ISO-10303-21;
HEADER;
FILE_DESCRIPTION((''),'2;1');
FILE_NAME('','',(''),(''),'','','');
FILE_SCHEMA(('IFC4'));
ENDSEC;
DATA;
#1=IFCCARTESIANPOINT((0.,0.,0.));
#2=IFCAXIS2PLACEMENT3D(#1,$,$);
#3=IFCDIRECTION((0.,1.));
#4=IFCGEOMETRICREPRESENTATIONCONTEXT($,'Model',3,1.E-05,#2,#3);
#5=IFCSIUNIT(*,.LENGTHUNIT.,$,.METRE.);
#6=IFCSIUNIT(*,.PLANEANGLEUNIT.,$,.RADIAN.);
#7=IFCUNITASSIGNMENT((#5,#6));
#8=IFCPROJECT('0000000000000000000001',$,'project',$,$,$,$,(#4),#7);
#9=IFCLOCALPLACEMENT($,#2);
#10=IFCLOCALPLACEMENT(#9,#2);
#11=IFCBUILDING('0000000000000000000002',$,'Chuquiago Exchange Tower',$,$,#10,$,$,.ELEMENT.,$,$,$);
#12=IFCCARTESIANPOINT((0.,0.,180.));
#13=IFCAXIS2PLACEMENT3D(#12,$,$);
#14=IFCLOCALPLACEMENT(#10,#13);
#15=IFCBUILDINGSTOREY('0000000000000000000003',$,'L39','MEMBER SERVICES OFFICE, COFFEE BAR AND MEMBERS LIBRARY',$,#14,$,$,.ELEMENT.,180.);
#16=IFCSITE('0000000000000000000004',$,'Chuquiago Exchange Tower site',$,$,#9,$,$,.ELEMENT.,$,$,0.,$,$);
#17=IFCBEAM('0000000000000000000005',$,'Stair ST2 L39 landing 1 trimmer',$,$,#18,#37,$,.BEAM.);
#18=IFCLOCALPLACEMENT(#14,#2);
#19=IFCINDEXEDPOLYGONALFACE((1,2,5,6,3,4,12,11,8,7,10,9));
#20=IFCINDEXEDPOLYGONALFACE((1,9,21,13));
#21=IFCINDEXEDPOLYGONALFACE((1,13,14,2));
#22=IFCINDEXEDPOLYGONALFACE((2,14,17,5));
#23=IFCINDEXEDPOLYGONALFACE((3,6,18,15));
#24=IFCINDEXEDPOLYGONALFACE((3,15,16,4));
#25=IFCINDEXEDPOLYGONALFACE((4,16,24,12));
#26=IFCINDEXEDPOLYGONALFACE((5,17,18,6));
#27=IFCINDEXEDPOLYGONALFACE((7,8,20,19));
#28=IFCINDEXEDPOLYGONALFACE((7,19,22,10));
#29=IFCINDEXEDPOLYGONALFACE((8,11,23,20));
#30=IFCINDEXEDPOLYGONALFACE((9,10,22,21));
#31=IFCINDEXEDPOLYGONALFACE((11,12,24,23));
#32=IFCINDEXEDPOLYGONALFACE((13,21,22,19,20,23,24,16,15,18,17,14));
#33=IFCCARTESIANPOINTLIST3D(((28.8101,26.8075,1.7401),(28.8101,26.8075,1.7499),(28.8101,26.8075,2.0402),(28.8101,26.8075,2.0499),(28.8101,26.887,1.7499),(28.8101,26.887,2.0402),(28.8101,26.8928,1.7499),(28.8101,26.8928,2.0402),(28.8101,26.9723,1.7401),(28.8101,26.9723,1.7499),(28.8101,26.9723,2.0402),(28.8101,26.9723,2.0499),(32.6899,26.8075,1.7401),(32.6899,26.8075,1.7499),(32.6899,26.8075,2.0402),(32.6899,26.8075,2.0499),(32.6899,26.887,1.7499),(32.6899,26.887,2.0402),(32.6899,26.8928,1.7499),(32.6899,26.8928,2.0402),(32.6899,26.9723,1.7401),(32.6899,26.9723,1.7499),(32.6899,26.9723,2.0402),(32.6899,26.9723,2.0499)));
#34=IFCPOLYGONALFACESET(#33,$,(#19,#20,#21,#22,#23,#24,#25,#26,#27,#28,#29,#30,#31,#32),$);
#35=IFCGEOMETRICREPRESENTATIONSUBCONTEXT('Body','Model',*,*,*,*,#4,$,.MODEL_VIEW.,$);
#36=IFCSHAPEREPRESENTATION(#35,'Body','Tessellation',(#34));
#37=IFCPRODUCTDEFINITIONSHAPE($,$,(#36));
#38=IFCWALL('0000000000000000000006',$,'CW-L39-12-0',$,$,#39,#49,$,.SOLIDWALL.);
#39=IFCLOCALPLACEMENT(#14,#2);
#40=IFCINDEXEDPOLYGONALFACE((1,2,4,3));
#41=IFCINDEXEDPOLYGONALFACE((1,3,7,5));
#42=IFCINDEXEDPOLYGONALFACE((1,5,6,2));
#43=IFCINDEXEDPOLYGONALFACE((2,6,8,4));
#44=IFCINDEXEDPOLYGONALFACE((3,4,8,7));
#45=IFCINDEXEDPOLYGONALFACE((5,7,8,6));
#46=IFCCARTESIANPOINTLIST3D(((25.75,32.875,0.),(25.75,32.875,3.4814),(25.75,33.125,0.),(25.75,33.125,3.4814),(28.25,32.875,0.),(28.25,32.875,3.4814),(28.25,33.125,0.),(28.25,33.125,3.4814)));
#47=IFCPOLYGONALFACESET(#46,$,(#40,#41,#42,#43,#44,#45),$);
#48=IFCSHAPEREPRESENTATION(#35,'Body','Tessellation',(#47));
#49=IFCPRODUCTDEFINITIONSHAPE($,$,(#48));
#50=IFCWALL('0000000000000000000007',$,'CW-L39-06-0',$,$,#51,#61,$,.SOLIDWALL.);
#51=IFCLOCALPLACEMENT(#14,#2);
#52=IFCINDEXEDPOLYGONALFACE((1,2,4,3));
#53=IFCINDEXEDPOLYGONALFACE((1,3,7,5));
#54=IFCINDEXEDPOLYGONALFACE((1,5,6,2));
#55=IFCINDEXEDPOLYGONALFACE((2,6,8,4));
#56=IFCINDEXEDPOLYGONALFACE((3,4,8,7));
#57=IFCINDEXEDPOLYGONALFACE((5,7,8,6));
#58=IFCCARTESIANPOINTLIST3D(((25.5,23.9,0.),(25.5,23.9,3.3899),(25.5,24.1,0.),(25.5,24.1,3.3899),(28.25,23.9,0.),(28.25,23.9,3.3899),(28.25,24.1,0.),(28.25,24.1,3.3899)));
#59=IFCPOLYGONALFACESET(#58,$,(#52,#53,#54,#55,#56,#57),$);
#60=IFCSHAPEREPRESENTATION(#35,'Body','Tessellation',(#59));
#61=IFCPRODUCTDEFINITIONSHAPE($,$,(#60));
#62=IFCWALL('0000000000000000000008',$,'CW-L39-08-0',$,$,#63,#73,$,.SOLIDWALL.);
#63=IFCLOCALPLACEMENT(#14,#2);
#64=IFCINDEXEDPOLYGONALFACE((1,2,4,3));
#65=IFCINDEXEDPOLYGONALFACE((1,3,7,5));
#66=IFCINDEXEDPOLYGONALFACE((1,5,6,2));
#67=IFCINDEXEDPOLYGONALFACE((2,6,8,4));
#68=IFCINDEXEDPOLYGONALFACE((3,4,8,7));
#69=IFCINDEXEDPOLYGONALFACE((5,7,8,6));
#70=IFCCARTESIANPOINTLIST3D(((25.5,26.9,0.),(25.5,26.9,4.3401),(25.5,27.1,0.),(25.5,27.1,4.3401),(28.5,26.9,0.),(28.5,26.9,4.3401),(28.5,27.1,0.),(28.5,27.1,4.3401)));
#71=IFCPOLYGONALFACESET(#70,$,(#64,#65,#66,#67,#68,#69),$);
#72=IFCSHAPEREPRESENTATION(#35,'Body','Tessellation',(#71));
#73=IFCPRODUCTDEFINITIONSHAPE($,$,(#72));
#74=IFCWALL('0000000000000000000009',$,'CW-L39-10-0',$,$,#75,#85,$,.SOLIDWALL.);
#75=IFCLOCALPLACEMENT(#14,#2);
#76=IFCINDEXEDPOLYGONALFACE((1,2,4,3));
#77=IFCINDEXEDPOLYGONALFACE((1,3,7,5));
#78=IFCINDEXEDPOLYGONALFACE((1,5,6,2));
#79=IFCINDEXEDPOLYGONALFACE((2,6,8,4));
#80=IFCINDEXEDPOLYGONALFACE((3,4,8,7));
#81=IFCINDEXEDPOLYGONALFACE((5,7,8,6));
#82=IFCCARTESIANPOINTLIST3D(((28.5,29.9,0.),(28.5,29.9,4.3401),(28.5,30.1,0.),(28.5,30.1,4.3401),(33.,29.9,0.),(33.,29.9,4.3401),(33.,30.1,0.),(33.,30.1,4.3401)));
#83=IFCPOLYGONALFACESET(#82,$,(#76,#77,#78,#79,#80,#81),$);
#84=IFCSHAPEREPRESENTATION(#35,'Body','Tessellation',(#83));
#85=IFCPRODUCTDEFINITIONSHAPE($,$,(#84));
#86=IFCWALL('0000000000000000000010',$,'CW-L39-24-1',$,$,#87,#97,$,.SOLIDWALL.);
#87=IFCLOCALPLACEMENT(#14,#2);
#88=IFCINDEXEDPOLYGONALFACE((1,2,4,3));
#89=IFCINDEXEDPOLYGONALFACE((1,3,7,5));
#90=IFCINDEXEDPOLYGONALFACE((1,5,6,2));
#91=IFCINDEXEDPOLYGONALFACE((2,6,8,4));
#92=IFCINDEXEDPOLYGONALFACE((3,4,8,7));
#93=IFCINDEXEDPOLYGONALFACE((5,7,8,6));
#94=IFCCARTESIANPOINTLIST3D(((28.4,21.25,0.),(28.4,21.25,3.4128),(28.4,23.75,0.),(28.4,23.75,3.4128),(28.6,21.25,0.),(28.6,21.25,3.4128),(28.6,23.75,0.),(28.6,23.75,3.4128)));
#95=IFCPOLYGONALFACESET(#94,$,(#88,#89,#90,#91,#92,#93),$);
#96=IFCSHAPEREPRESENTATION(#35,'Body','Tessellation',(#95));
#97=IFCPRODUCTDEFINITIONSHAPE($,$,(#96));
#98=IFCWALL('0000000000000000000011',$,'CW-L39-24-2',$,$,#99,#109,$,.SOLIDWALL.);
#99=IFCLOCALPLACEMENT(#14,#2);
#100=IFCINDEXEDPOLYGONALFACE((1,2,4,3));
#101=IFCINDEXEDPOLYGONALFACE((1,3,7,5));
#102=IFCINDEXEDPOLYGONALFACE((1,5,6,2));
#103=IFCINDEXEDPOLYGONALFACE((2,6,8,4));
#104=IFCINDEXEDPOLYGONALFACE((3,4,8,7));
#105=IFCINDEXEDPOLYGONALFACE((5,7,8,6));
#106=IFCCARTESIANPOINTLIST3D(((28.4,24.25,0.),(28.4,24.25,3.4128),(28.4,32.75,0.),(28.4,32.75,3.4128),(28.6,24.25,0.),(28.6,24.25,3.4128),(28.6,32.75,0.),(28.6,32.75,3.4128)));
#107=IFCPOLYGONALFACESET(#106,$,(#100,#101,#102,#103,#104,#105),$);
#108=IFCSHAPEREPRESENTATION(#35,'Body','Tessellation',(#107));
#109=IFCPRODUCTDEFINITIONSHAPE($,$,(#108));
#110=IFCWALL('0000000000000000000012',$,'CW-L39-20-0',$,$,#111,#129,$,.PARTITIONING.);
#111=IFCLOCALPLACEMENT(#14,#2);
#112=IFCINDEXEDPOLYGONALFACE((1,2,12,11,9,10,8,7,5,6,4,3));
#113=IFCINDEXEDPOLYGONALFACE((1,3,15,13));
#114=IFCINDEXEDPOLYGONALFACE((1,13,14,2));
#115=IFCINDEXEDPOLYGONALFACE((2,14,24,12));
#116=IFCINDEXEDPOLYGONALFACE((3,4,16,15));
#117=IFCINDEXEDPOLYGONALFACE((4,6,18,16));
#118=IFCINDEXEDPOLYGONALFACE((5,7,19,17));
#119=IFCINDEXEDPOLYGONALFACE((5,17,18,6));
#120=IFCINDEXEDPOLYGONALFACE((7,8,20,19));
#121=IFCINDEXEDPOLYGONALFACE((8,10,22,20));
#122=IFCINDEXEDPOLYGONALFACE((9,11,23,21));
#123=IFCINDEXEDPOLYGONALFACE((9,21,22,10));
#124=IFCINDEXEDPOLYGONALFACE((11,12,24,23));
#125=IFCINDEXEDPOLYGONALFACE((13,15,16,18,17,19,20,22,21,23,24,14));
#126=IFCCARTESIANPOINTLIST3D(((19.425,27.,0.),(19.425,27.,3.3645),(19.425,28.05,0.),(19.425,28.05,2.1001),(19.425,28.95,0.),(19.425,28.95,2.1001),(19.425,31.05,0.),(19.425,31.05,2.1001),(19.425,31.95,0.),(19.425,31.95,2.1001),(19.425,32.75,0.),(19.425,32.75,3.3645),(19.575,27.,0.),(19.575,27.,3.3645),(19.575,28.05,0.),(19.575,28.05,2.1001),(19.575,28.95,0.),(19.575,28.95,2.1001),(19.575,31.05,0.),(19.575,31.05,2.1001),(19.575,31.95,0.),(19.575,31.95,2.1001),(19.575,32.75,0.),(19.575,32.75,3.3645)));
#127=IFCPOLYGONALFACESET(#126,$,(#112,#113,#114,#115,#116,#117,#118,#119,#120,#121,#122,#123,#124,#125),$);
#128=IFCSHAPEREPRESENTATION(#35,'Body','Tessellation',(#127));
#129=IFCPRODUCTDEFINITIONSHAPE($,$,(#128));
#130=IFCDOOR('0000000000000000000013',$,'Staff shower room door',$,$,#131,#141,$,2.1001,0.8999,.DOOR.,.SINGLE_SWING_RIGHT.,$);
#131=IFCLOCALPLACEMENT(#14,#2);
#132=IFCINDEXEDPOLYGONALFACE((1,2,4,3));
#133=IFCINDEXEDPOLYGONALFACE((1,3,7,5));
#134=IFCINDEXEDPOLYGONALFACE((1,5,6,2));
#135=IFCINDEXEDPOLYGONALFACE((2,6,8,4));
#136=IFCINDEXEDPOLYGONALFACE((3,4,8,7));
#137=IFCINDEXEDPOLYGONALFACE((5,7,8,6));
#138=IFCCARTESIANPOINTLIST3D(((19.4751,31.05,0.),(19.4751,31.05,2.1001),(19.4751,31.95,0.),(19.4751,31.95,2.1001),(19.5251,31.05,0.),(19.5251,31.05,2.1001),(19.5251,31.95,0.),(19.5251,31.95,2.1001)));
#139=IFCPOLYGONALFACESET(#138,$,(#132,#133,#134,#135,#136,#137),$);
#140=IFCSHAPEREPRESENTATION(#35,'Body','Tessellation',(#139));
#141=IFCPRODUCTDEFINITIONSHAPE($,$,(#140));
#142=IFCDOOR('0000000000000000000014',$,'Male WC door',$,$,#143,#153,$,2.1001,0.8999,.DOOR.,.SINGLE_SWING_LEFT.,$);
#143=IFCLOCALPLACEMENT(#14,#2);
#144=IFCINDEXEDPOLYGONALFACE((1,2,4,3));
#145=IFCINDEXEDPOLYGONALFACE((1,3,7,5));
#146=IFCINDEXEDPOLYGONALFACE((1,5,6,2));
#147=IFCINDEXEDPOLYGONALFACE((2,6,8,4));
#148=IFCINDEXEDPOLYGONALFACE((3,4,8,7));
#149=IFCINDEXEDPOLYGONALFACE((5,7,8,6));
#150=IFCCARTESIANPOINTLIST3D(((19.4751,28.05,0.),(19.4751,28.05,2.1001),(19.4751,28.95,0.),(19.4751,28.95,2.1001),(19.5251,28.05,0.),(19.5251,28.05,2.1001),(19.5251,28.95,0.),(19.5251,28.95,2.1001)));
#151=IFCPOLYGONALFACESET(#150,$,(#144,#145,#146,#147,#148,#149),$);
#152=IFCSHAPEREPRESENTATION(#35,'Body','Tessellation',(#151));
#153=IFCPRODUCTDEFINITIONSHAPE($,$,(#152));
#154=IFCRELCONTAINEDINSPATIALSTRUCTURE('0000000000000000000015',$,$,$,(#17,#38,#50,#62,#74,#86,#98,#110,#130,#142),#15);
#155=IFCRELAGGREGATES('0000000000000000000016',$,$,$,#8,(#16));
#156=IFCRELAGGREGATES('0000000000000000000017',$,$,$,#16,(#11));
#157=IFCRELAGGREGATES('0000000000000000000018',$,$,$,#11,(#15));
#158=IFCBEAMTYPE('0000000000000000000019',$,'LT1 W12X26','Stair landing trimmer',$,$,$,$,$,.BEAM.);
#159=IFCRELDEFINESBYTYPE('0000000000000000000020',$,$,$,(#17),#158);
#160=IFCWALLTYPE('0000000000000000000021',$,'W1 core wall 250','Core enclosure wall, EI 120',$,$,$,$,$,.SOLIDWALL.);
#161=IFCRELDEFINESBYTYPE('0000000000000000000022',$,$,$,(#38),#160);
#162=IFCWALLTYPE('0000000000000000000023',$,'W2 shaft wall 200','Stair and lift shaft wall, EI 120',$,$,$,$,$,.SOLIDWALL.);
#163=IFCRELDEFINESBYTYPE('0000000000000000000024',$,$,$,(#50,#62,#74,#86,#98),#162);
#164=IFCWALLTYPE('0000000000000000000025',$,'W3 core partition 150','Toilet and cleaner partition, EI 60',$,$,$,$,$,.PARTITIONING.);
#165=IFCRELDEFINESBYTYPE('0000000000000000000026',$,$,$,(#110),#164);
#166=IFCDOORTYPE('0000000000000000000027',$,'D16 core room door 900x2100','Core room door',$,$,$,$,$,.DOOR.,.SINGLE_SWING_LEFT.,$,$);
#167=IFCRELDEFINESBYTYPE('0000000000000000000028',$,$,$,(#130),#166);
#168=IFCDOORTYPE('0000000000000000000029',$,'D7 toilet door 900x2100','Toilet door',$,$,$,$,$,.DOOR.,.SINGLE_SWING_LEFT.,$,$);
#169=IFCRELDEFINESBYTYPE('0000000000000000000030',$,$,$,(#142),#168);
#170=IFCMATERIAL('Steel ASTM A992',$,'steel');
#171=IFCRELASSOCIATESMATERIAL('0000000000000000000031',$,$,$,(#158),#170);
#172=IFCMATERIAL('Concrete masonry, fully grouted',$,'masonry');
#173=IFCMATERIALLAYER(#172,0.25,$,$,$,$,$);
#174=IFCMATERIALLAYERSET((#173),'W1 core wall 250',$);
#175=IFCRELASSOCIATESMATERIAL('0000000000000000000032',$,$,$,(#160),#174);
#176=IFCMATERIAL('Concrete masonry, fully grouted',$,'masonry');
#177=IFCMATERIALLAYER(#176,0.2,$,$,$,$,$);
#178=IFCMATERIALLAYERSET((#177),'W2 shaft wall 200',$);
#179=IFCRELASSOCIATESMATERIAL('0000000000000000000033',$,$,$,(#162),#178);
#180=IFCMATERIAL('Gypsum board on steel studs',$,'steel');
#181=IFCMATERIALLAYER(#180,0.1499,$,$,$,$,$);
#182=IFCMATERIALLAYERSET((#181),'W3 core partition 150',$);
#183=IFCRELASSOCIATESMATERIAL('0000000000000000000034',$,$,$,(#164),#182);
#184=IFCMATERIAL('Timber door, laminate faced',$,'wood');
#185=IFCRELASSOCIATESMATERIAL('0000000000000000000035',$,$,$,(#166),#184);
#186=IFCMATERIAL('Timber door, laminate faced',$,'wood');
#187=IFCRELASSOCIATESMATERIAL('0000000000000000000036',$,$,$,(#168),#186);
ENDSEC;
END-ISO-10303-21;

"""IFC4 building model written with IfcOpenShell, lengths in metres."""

from ifc_helpers import new_model, si_unit, direction, frame, frame_2d, origin, origin_2d, place, context, subcontext, project, spatial, rectangle, i_section, extrude, material, layer, layer_set, material_profile, profile_set, type_object, element, fill, save


model = new_model("IFC4")

# Units and contexts
model_context = context("Model", 3, precision=1e-05, world=origin(), true_north=direction((0.0, 1.0)))
body_context = subcontext(model_context, "Body", "Model", "MODEL_VIEW")
ifc_project = project(units=[si_unit("LENGTHUNIT", "METRE"), si_unit("PLANEANGLEUNIT", "RADIAN")], contexts=[model_context])

# Site, building, storey
site_placement = place(None, origin())
site = spatial("IfcSite", under=ifc_project, at=site_placement, Name="Chuquiago Exchange Tower site", CompositionType="ELEMENT", RefElevation=0.0)
building_placement = place(site_placement, origin())
building = spatial("IfcBuilding", under=site, at=building_placement, Name="Chuquiago Exchange Tower", CompositionType="ELEMENT")
storey_placement = place(building_placement, frame((0.0, 0.0, 180.0)))
storey = spatial("IfcBuildingStorey", under=building, at=storey_placement, Name="L39", Description="MEMBER SERVICES OFFICE, COFFEE BAR AND MEMBERS LIBRARY", CompositionType="ELEMENT", Elevation=180.0)

# Beam
ifc_material_1 = material(Name="Steel ASTM A992", Category="steel")
ifc_material_profile_1 = material_profile(ifc_material_1, i_section(OverallWidth=0.1648, OverallDepth=0.3098, WebThickness=0.0059, FlangeThickness=0.0098, at=origin_2d()), Name="W12X26")
ifc_profile_set_1 = profile_set([ifc_material_profile_1], Name="Steel ASTM A992")
beam_type_1 = type_object("IfcBeamType", Name="LT1 W12X26", Description="Stair landing trimmer", PredefinedType="BEAM", material=ifc_profile_set_1)
for number, where, z_axis, x_axis, name in (
    (1, (28.8101, 26.8899, 1.895), (1.0, 0.0, 0.0), (0.0, 1.0, 0.0), "Stair ST2 L39 landing 1 trimmer"),
):
    element("IfcBeam", number, at=place(storey_placement, frame(where, z_axis=z_axis, x_axis=x_axis)), inside=storey, type_object=beam_type_1, Name=name, PredefinedType="BEAM", context=body_context, shape_type="SweptSolid", body=[
        extrude(i_section(OverallWidth=0.1648, OverallDepth=0.3098, WebThickness=0.0059, FlangeThickness=0.0098, at=origin_2d()), origin(), (0.0, 0.0, 1.0), 3.8799),
    ])

# Walls
ifc_material_2 = material(Name="Concrete masonry, fully grouted", Category="masonry")
ifc_layer_1 = layer(ifc_material_2, 0.25)
ifc_layer_set_1 = layer_set([ifc_layer_1], Name="W1 core wall 250")
wall_type_1 = type_object("IfcWallType", Name="W1 core wall 250", Description="Core enclosure wall, EI 120", PredefinedType="SOLIDWALL", material=ifc_layer_set_1)
wall_1_placement = place(storey_placement, frame((25.75, 33.0, 0.0), z_axis=(0.0, 0.0, 1.0), x_axis=(1.0, 0.0, 0.0)))
element("IfcWall", 2, at=wall_1_placement, inside=storey, type_object=wall_type_1, Name="CW-L39-12-0", PredefinedType="SOLIDWALL", context=body_context, shape_type="SweptSolid", body=[
    extrude(rectangle(XDim=2.5, YDim=0.25, at=frame_2d((1.25, 0.0))), origin(), (0.0, 0.0, 1.0), 3.4814),
])
ifc_material_3 = material(Name="Concrete masonry, fully grouted", Category="masonry")
ifc_layer_2 = layer(ifc_material_3, 0.2)
ifc_layer_set_2 = layer_set([ifc_layer_2], Name="W2 shaft wall 200")
wall_type_2 = type_object("IfcWallType", Name="W2 shaft wall 200", Description="Stair and lift shaft wall, EI 120", PredefinedType="SOLIDWALL", material=ifc_layer_set_2)
wall_2_placement = place(storey_placement, frame((25.5, 24.0, 0.0), z_axis=(0.0, 0.0, 1.0), x_axis=(1.0, 0.0, 0.0)))
element("IfcWall", 3, at=wall_2_placement, inside=storey, type_object=wall_type_2, Name="CW-L39-06-0", PredefinedType="SOLIDWALL", context=body_context, shape_type="SweptSolid", body=[
    extrude(rectangle(XDim=2.75, YDim=0.2, at=frame_2d((1.375, 0.0))), origin(), (0.0, 0.0, 1.0), 3.3899),
])
wall_3_placement = place(storey_placement, frame((25.5, 27.0, 0.0), z_axis=(0.0, 0.0, 1.0), x_axis=(1.0, 0.0, 0.0)))
element("IfcWall", 4, at=wall_3_placement, inside=storey, type_object=wall_type_2, Name="CW-L39-08-0", PredefinedType="SOLIDWALL", context=body_context, shape_type="SweptSolid", body=[
    extrude(rectangle(XDim=3.0, YDim=0.2, at=frame_2d((1.5, 0.0))), origin(), (0.0, 0.0, 1.0), 4.3401),
])
wall_4_placement = place(storey_placement, frame((28.5, 30.0, 0.0), z_axis=(0.0, 0.0, 1.0), x_axis=(1.0, 0.0, 0.0)))
element("IfcWall", 5, at=wall_4_placement, inside=storey, type_object=wall_type_2, Name="CW-L39-10-0", PredefinedType="SOLIDWALL", context=body_context, shape_type="SweptSolid", body=[
    extrude(rectangle(XDim=4.5, YDim=0.2, at=frame_2d((2.25, 0.0))), origin(), (0.0, 0.0, 1.0), 4.3401),
])
wall_5_placement = place(storey_placement, frame((28.5, 21.25, 0.0), z_axis=(0.0, 0.0, 1.0), x_axis=(0.0, 1.0, 0.0)))
element("IfcWall", 6, at=wall_5_placement, inside=storey, type_object=wall_type_2, Name="CW-L39-24-1", PredefinedType="SOLIDWALL", context=body_context, shape_type="SweptSolid", body=[
    extrude(rectangle(XDim=2.5, YDim=0.2, at=frame_2d((1.25, 0.0))), origin(), (0.0, 0.0, 1.0), 3.4128),
])
wall_6_placement = place(storey_placement, frame((28.5, 24.25, 0.0), z_axis=(0.0, 0.0, 1.0), x_axis=(0.0, 1.0, 0.0)))
element("IfcWall", 7, at=wall_6_placement, inside=storey, type_object=wall_type_2, Name="CW-L39-24-2", PredefinedType="SOLIDWALL", context=body_context, shape_type="SweptSolid", body=[
    extrude(rectangle(XDim=8.5, YDim=0.2, at=frame_2d((4.25, 0.0))), origin(), (0.0, 0.0, 1.0), 3.4128),
])

# Wall, openings, doors
ifc_material_4 = material(Name="Gypsum board on steel studs", Category="steel")
ifc_layer_3 = layer(ifc_material_4, 0.1499)
ifc_layer_set_3 = layer_set([ifc_layer_3], Name="W3 core partition 150")
wall_type_3 = type_object("IfcWallType", Name="W3 core partition 150", Description="Toilet and cleaner partition, EI 60", PredefinedType="PARTITIONING", material=ifc_layer_set_3)
wall_7_placement = place(storey_placement, frame((19.5, 27.0, 0.0), z_axis=(0.0, 0.0, 1.0), x_axis=(0.0, 1.0, 0.0)))
wall_7 = element("IfcWall", 8, at=wall_7_placement, inside=storey, type_object=wall_type_3, Name="CW-L39-20-0", PredefinedType="PARTITIONING", context=body_context, shape_type="SweptSolid", body=[
    extrude(rectangle(XDim=5.75, YDim=0.1499, at=frame_2d((2.875, 0.0))), origin(), (0.0, 0.0, 1.0), 3.3645),
])
opening_1_placement = place(wall_7_placement, frame((1.05, 0.0, 0.0)))
opening_1 = element("IfcOpeningElement", 9, at=opening_1_placement, cuts=wall_7, PredefinedType="OPENING", context=body_context, shape_type="SweptSolid", body=[
    extrude(rectangle(XDim=0.8999, YDim=2.1001, at=frame_2d((0.45, 1.05))), frame((0.0, 0.085, 0.0), z_axis=(0.0, -1.0, 0.0), x_axis=(1.0, 0.0, 0.0)), (0.0, 0.0, 1.0), 0.1699),
])
opening_2_placement = place(wall_7_placement, frame((4.05, 0.0, 0.0)))
opening_2 = element("IfcOpeningElement", 10, at=opening_2_placement, cuts=wall_7, PredefinedType="OPENING", context=body_context, shape_type="SweptSolid", body=[
    extrude(rectangle(XDim=0.8999, YDim=2.1001, at=frame_2d((0.45, 1.05))), frame((0.0, 0.085, 0.0), z_axis=(0.0, -1.0, 0.0), x_axis=(1.0, 0.0, 0.0)), (0.0, 0.0, 1.0), 0.1699),
])
ifc_material_5 = material(Name="Timber door, laminate faced", Category="wood")
door_type_1 = type_object("IfcDoorType", Name="D16 core room door 900x2100", Description="Core room door", OperationType="SINGLE_SWING_LEFT", PredefinedType="DOOR", material=ifc_material_5)
door_1_placement = place(opening_2_placement, origin())
door_1 = element("IfcDoor", 11, at=door_1_placement, inside=storey, type_object=door_type_1, Name="Staff shower room door", OperationType="SINGLE_SWING_RIGHT", OverallHeight=2.1001, OverallWidth=0.8999, PredefinedType="DOOR", context=body_context, shape_type="SweptSolid", body=[
    extrude(rectangle(XDim=0.8999, YDim=2.1001, at=frame_2d((0.45, 1.05))), frame((0.0, 0.0249, 0.0), z_axis=(0.0, -1.0, 0.0), x_axis=(1.0, 0.0, 0.0)), (0.0, 0.0, 1.0), 0.05),
])
fill(opening_2, door_1)
ifc_material_6 = material(Name="Timber door, laminate faced", Category="wood")
door_type_2 = type_object("IfcDoorType", Name="D7 toilet door 900x2100", Description="Toilet door", OperationType="SINGLE_SWING_LEFT", PredefinedType="DOOR", material=ifc_material_6)
door_2_placement = place(opening_1_placement, origin())
door_2 = element("IfcDoor", 12, at=door_2_placement, inside=storey, type_object=door_type_2, Name="Male WC door", OperationType="SINGLE_SWING_LEFT", OverallHeight=2.1001, OverallWidth=0.8999, PredefinedType="DOOR", context=body_context, shape_type="SweptSolid", body=[
    extrude(rectangle(XDim=0.8999, YDim=2.1001, at=frame_2d((0.45, 1.05))), frame((0.0, 0.0249, 0.0), z_axis=(0.0, -1.0, 0.0), x_axis=(1.0, 0.0, 0.0)), (0.0, 0.0, 1.0), 0.05),
])
fill(opening_1, door_2)

save(model, "model.ifc")
